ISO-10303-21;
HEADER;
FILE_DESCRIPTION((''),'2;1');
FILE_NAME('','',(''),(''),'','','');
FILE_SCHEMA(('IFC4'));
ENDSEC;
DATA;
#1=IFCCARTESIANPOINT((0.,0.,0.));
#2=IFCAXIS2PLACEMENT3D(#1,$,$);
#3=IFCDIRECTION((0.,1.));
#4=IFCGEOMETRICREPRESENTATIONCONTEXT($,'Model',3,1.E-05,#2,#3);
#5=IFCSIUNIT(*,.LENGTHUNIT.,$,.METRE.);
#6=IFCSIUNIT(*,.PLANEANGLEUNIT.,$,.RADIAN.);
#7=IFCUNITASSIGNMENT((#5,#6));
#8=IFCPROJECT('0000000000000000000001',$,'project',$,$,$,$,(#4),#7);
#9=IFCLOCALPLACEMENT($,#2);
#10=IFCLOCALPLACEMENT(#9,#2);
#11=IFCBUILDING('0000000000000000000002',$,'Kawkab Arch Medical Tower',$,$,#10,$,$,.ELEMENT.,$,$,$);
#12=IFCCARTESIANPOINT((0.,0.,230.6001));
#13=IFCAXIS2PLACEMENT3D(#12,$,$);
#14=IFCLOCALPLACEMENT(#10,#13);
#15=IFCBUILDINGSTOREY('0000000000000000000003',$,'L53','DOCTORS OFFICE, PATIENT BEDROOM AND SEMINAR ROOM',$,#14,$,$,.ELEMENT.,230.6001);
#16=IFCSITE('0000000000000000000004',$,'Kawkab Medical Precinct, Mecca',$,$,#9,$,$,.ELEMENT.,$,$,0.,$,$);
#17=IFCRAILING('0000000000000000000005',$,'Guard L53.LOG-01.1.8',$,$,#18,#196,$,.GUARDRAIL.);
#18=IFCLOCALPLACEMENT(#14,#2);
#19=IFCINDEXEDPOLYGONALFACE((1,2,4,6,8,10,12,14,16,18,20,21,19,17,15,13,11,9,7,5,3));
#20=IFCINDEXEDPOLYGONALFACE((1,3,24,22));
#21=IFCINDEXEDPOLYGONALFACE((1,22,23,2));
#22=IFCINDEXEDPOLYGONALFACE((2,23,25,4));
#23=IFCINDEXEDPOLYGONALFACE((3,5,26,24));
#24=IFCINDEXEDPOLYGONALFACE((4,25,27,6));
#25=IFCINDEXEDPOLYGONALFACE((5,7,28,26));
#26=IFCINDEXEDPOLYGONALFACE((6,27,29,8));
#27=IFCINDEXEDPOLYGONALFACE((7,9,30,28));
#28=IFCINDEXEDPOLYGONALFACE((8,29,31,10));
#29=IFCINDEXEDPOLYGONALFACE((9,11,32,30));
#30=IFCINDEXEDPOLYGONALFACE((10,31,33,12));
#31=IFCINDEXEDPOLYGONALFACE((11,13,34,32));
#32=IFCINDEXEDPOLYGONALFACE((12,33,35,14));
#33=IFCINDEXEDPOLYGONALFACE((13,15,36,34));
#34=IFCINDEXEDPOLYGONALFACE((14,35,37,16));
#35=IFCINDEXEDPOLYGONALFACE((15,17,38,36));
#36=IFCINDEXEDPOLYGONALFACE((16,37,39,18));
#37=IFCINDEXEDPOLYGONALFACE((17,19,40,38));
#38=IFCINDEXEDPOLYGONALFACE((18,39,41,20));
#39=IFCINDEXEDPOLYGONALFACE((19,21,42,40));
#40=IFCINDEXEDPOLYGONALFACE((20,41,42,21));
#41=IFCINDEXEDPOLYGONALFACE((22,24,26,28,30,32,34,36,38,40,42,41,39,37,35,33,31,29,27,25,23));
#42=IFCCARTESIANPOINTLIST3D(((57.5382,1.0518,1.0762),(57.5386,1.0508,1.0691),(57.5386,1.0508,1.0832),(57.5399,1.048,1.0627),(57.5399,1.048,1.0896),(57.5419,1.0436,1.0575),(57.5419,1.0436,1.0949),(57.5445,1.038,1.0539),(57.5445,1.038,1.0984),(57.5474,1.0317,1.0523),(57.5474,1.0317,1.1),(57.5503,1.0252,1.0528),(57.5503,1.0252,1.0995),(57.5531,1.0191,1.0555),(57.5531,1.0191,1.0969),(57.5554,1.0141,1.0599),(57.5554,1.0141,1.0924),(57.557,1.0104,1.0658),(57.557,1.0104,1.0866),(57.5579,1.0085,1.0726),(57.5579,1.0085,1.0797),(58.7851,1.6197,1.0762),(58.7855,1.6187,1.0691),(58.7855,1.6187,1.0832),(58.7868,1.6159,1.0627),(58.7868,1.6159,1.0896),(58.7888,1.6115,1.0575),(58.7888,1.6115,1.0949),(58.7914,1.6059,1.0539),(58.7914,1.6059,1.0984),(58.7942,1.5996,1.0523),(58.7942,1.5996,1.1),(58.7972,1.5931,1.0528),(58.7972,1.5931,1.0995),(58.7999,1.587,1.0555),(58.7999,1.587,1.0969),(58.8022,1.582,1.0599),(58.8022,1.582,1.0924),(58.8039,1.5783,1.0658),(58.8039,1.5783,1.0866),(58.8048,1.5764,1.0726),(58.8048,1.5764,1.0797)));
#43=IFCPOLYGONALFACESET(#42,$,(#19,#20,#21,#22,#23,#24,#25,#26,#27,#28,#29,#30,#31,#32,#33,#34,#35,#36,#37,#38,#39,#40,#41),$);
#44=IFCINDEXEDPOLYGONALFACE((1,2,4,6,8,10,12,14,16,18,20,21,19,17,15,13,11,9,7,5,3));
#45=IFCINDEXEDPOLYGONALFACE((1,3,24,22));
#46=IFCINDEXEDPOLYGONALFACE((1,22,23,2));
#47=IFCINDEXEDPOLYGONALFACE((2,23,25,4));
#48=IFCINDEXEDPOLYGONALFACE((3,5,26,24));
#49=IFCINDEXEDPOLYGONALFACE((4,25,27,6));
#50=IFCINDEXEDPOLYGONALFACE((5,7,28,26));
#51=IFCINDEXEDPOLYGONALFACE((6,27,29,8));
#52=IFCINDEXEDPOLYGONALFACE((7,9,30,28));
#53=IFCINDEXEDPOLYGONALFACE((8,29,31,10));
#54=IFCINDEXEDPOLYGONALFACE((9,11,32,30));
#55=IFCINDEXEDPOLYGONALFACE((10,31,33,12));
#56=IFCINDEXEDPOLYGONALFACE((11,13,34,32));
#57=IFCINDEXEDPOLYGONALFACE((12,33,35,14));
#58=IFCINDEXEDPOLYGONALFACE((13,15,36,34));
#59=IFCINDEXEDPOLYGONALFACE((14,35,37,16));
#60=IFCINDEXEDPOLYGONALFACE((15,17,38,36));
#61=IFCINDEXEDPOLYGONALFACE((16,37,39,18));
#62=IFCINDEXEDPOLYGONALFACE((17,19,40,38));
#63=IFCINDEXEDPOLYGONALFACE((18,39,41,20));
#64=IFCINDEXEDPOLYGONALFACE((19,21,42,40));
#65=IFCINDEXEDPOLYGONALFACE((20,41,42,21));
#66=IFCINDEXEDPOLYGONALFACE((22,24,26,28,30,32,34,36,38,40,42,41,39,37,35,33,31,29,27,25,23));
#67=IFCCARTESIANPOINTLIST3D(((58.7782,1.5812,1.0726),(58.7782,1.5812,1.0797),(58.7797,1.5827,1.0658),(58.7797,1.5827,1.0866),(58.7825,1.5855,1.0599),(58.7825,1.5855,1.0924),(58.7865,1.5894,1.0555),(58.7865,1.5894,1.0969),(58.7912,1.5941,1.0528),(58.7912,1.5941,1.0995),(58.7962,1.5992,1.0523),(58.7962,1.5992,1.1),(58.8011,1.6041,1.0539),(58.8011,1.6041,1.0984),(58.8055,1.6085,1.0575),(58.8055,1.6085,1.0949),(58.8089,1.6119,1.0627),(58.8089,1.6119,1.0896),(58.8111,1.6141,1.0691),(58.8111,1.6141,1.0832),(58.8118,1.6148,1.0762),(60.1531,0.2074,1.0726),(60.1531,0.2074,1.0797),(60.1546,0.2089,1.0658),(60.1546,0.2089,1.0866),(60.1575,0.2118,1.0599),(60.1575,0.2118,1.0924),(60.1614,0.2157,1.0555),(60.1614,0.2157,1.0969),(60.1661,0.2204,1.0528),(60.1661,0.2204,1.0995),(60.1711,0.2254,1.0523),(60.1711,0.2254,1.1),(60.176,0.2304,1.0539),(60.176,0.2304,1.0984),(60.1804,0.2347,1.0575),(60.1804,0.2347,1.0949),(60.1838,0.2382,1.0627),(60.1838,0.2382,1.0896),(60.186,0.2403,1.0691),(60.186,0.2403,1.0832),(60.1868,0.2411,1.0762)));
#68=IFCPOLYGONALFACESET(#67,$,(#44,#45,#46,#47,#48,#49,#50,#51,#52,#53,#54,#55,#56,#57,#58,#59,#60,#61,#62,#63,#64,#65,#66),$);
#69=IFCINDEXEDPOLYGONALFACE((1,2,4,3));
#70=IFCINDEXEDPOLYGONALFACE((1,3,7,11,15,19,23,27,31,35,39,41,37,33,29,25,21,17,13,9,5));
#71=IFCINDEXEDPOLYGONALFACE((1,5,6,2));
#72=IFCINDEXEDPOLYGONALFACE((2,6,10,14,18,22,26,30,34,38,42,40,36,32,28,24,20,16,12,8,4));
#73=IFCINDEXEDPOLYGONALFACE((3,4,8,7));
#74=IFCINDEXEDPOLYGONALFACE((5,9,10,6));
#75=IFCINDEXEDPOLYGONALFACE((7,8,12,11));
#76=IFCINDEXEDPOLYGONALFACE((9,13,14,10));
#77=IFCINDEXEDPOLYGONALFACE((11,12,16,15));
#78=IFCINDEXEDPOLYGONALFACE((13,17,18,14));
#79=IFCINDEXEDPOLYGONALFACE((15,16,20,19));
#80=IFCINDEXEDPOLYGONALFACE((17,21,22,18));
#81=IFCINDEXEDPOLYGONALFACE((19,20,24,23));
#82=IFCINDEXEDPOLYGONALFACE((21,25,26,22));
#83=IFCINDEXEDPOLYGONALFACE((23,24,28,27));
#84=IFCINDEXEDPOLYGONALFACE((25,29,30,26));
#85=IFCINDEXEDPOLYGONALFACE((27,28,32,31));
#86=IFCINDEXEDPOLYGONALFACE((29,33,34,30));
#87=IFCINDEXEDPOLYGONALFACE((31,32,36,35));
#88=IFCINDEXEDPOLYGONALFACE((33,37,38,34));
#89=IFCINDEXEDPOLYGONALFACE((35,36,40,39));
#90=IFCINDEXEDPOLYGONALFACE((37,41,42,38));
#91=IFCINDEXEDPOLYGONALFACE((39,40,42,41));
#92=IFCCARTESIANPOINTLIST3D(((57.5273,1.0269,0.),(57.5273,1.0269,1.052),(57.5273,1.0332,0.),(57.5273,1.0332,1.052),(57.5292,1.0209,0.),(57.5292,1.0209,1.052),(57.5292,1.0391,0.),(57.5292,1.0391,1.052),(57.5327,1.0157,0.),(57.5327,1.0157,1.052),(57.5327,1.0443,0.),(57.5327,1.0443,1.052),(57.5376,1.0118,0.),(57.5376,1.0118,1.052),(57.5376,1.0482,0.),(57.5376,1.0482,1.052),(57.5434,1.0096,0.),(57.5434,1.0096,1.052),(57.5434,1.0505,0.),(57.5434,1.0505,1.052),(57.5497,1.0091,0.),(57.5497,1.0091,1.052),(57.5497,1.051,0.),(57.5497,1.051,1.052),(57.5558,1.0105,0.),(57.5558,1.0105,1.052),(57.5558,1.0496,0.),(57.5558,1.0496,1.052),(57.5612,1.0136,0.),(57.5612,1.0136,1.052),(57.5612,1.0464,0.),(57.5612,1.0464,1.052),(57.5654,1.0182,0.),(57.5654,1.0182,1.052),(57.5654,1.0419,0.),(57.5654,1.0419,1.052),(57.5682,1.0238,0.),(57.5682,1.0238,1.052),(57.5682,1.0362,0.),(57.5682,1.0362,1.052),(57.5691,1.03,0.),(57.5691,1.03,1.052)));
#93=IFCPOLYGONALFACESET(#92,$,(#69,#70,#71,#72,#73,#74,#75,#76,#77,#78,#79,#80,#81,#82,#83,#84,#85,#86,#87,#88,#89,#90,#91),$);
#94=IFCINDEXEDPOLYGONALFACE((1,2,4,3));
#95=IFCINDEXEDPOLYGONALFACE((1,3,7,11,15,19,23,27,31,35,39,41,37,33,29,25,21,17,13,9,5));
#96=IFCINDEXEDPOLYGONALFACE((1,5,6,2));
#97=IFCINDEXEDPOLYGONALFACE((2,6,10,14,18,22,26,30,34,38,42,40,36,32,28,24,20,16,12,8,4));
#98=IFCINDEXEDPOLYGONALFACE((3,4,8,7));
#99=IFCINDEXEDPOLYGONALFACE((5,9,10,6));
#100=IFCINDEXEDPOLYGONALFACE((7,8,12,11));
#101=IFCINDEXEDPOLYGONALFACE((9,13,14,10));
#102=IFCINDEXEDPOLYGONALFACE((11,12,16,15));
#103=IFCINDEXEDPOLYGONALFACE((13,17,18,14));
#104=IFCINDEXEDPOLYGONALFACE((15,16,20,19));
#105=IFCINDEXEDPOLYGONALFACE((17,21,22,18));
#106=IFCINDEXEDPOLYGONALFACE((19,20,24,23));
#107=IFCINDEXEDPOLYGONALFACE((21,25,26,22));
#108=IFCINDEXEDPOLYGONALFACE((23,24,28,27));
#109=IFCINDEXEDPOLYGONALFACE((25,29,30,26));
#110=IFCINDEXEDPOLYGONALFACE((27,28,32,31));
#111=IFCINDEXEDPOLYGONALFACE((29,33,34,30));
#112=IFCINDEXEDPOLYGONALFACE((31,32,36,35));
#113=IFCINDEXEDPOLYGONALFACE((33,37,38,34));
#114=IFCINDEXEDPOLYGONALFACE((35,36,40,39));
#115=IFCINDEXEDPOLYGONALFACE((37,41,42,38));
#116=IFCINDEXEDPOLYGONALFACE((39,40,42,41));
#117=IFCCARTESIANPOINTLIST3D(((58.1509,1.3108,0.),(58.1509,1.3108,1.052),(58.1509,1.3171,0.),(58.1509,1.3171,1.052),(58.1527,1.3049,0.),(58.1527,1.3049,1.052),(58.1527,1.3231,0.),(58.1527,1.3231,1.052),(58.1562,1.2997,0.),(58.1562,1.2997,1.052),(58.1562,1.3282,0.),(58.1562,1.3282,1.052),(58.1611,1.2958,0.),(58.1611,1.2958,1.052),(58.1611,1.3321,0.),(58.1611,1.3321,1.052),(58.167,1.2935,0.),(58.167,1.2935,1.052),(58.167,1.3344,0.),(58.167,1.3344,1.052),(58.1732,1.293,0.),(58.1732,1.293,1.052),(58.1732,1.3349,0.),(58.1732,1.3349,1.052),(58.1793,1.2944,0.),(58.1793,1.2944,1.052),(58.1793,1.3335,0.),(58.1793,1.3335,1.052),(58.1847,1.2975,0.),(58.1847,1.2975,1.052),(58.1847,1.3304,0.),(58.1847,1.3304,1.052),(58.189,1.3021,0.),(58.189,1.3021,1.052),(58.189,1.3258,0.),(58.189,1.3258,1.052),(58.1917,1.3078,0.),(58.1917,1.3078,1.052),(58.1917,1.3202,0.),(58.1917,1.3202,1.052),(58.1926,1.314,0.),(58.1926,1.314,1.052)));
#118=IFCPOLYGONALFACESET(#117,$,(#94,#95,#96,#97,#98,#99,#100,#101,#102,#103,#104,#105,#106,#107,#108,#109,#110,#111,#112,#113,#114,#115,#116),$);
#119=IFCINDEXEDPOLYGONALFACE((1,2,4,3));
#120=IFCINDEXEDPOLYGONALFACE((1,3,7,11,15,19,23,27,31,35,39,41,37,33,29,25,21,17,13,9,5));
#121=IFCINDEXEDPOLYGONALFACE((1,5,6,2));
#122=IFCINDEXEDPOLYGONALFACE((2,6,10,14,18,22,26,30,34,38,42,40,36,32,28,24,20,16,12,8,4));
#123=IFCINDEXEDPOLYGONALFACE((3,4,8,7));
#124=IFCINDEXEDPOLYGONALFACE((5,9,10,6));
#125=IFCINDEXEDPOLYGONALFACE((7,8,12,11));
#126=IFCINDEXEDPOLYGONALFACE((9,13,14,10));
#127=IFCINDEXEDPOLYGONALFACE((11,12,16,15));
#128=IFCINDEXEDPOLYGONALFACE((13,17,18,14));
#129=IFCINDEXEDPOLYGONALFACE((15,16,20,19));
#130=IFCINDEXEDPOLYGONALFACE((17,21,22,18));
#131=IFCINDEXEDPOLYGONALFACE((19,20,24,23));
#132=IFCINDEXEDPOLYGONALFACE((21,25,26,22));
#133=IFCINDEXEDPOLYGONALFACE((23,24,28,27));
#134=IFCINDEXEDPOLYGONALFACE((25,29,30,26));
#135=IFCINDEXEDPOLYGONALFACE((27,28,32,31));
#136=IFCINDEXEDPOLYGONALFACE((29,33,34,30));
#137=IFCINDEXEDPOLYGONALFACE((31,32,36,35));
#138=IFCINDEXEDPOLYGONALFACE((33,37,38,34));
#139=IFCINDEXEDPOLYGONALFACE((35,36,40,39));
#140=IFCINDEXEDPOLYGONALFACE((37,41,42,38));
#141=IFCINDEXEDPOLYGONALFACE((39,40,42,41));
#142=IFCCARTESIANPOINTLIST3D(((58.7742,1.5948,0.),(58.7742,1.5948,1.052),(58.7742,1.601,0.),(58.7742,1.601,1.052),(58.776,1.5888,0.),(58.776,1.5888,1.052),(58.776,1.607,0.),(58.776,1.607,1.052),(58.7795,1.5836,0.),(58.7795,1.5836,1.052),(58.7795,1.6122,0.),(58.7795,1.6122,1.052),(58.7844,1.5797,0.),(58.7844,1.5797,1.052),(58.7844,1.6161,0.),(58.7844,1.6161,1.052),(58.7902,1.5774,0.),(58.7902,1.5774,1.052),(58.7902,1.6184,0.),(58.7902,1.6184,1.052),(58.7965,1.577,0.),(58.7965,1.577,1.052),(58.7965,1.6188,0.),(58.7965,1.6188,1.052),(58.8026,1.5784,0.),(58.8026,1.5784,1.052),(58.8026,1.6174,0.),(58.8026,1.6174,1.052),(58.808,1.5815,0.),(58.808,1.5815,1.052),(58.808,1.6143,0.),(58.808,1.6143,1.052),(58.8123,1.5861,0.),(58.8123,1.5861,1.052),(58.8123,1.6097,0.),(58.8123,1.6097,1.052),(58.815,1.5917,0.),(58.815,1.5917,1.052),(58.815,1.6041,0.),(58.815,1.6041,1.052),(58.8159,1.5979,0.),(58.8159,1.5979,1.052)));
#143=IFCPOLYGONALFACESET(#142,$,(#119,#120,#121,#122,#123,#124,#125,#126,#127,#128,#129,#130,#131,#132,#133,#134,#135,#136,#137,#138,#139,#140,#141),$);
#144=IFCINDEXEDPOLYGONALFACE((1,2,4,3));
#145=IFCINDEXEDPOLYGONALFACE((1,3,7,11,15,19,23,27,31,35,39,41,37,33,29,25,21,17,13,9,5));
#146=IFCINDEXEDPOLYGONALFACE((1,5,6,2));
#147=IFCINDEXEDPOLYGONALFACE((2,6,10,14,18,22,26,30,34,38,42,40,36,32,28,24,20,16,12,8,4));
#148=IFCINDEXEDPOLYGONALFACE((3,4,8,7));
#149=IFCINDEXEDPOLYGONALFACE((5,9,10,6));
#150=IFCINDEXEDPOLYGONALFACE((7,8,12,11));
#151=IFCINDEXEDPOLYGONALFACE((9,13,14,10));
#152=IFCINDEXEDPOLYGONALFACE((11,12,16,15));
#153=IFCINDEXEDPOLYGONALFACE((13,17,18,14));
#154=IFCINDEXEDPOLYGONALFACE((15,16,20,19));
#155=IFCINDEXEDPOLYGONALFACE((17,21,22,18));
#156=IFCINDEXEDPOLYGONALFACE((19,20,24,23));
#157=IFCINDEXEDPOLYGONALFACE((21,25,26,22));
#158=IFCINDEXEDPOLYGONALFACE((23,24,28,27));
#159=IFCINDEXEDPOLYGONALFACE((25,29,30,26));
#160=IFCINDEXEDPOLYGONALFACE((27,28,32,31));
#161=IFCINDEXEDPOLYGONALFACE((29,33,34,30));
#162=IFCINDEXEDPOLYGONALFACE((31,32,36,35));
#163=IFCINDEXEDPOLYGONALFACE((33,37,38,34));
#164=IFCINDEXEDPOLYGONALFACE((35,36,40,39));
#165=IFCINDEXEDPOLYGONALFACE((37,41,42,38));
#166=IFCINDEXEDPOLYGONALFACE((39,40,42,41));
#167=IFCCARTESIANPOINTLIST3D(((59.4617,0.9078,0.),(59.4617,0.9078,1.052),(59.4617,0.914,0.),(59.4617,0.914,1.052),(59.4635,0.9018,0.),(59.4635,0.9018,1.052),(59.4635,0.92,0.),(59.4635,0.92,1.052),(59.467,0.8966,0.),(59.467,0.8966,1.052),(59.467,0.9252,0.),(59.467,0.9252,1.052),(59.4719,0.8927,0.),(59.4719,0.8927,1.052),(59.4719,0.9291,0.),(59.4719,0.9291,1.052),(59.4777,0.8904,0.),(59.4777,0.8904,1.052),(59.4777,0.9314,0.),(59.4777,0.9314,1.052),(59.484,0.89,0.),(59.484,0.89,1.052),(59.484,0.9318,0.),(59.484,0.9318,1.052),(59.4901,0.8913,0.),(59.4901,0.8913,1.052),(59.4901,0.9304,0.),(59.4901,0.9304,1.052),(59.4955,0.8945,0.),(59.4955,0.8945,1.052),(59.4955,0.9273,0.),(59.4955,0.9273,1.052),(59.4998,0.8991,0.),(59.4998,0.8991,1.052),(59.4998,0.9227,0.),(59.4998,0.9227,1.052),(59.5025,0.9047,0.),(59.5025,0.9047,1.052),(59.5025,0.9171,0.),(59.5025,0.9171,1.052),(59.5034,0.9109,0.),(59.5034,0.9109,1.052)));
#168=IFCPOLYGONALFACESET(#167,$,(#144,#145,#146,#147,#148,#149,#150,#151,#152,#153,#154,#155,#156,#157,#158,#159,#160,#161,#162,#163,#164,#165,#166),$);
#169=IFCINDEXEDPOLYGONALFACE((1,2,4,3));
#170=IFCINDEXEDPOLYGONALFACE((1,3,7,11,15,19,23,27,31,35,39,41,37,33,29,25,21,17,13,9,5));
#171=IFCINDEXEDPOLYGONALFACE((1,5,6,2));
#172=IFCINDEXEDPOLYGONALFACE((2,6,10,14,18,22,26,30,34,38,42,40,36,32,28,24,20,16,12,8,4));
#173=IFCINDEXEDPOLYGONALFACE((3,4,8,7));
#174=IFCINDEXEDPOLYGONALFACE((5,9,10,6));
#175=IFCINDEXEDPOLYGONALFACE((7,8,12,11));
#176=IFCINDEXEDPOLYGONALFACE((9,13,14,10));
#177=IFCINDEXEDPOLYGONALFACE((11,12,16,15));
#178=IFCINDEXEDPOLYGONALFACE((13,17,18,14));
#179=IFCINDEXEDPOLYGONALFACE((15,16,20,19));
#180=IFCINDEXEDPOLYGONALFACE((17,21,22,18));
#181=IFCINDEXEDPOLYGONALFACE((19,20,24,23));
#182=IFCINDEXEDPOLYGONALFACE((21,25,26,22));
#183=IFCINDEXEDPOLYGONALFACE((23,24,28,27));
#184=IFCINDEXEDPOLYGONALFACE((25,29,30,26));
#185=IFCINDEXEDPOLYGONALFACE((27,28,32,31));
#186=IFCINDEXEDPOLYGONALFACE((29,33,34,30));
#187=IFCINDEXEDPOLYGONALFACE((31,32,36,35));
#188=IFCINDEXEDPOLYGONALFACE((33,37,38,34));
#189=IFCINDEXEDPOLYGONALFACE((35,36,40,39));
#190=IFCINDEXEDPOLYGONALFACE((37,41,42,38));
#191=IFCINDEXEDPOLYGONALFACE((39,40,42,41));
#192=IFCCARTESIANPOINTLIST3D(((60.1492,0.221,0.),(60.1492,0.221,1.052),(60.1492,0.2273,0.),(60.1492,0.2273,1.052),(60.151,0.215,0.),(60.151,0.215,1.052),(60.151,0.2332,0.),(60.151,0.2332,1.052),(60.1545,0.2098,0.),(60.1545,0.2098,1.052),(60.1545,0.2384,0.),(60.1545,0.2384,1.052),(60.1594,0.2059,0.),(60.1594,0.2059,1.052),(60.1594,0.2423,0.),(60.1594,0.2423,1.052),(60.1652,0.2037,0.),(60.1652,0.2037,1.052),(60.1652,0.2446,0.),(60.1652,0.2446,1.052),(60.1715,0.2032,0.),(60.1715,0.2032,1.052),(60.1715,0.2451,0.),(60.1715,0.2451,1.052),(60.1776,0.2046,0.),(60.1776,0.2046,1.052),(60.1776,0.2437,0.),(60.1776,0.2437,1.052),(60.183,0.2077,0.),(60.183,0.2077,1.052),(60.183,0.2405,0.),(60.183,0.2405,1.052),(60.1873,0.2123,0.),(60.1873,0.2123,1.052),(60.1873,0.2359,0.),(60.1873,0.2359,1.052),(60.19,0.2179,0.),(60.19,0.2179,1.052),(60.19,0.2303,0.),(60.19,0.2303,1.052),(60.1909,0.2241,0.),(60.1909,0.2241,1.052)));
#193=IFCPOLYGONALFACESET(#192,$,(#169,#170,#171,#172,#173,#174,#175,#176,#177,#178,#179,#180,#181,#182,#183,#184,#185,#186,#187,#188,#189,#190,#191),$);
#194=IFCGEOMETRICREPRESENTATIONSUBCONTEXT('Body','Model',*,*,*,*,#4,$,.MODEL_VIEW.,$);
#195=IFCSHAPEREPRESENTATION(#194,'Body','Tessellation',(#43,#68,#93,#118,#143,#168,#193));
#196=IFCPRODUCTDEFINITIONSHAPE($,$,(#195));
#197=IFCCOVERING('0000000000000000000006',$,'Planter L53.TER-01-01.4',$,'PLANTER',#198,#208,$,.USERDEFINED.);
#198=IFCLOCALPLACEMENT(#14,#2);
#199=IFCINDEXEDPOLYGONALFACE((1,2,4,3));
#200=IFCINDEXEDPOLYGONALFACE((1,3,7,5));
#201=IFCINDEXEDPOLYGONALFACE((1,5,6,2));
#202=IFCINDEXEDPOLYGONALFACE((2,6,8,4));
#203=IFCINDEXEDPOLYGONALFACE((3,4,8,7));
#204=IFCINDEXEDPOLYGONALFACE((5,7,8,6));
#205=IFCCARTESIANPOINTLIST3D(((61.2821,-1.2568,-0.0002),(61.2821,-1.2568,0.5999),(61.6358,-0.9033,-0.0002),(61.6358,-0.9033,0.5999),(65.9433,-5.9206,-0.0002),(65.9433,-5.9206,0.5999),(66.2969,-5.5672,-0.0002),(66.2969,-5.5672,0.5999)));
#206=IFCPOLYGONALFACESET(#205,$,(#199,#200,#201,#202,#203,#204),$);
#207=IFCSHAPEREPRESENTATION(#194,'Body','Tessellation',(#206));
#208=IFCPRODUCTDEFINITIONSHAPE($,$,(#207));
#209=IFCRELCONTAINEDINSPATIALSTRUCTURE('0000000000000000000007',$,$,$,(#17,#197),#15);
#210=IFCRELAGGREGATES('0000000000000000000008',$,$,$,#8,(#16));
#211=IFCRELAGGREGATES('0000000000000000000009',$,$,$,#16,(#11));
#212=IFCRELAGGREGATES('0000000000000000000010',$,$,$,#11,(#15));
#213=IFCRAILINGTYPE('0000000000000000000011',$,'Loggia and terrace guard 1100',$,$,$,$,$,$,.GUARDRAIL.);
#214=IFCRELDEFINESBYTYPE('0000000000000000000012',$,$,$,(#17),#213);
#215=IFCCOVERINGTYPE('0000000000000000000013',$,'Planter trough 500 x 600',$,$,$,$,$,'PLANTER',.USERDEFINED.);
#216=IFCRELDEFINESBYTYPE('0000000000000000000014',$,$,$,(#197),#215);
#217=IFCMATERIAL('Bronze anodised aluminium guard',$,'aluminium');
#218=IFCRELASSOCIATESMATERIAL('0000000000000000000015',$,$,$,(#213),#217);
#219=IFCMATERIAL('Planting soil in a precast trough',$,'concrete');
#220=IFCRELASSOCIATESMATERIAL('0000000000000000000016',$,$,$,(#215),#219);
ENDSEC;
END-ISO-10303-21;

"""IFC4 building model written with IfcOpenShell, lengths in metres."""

from ifc_helpers import new_model, si_unit, direction, frame, origin, origin_2d, place, context, subcontext, project, spatial, rectangle, circle, extrude, material, material_profile, profile_set, type_object, element, save


model = new_model("IFC4")

# Units and contexts
model_context = context("Model", 3, precision=1e-05, world=origin(), true_north=direction((0.0, 1.0)))
body_context = subcontext(model_context, "Body", "Model", "MODEL_VIEW")
ifc_project = project(units=[si_unit("LENGTHUNIT", "METRE"), si_unit("PLANEANGLEUNIT", "RADIAN")], contexts=[model_context])

# Site, building, storey
site_placement = place(None, origin())
site = spatial("IfcSite", under=ifc_project, at=site_placement, Name="Kawkab Medical Precinct, Mecca", CompositionType="ELEMENT", RefElevation=0.0)
building_placement = place(site_placement, origin())
building = spatial("IfcBuilding", under=site, at=building_placement, Name="Kawkab Arch Medical Tower", CompositionType="ELEMENT")
storey_placement = place(building_placement, frame((0.0, 0.0, 230.6001)))
storey = spatial("IfcBuildingStorey", under=building, at=storey_placement, Name="L53", Description="DOCTORS OFFICE, PATIENT BEDROOM AND SEMINAR ROOM", CompositionType="ELEMENT", Elevation=230.6001)

# Railing
ifc_material_1 = material(Name="Bronze anodised aluminium guard", Category="aluminium")
railing_type = type_object("IfcRailingType", Name="Loggia and terrace guard 1100", PredefinedType="GUARDRAIL", material=ifc_material_1)
railing_1_placement = place(storey_placement, frame((57.5481, 1.03, 0.0)))
element("IfcRailing", 1, at=railing_1_placement, inside=storey, type_object=railing_type, Name="Guard L53.LOG-01.1.8", PredefinedType="GUARDRAIL", context=body_context, shape_type="SweptSolid", body=[
    extrude(circle(Radius=0.0239, at=origin_2d()), frame((0.0, 0.0, 1.0762), z_axis=(0.910055, 0.414488, 0.0), x_axis=(-0.414488, 0.910055, 0.0)), (0.0, 0.0, 1.0), 1.3701),
    extrude(circle(Radius=0.0239, at=origin_2d()), frame((1.2468, 0.5679, 1.0762), z_axis=(0.707421, -0.706793, 0.0), x_axis=(0.706793, 0.707421, 0.0)), (0.0, 0.0, 1.0), 1.9436),
    extrude(circle(Radius=0.021, at=origin_2d()), origin(), (0.0, 0.0, 1.0), 1.052),
    extrude(circle(Radius=0.021, at=origin_2d()), frame((0.6235, 0.2839, 0.0)), (0.0, 0.0, 1.0), 1.052),
    extrude(circle(Radius=0.021, at=origin_2d()), frame((1.2468, 0.5679, 0.0)), (0.0, 0.0, 1.0), 1.052),
    extrude(circle(Radius=0.021, at=origin_2d()), frame((1.9343, -0.1191, 0.0)), (0.0, 0.0, 1.0), 1.052),
    extrude(circle(Radius=0.021, at=origin_2d()), frame((2.6218, -0.8059, 0.0)), (0.0, 0.0, 1.0), 1.052),
])

# Covering
ifc_material_2 = material(Name="Planting soil in a precast trough", Category="concrete")
ifc_material_profile_1 = material_profile(ifc_material_2, rectangle(XDim=0.5, YDim=0.6001, at=origin_2d()), Name="Trough 500x600")
ifc_profile_set_1 = profile_set([ifc_material_profile_1], Name="Planting soil in a precast trough")
covering_type = type_object("IfcCoveringType", Name="Planter trough 500 x 600", ElementType="PLANTER", PredefinedType="USERDEFINED", material=ifc_profile_set_1)
covering_placement = place(storey_placement, frame((66.1201, -5.7439, 0.2998), z_axis=(-0.706903, 0.70731, 0.0), x_axis=(-0.70731, -0.706903, 0.0)))
element("IfcCovering", 2, at=covering_placement, inside=storey, type_object=covering_type, Name="Planter L53.TER-01-01.4", ObjectType="PLANTER", PredefinedType="USERDEFINED", context=body_context, shape_type="SweptSolid", body=[
    extrude(rectangle(XDim=0.5, YDim=0.6001, at=origin_2d()), origin(), (0.0, 0.0, 1.0), 6.5938),
])

save(model, "model.ifc")
